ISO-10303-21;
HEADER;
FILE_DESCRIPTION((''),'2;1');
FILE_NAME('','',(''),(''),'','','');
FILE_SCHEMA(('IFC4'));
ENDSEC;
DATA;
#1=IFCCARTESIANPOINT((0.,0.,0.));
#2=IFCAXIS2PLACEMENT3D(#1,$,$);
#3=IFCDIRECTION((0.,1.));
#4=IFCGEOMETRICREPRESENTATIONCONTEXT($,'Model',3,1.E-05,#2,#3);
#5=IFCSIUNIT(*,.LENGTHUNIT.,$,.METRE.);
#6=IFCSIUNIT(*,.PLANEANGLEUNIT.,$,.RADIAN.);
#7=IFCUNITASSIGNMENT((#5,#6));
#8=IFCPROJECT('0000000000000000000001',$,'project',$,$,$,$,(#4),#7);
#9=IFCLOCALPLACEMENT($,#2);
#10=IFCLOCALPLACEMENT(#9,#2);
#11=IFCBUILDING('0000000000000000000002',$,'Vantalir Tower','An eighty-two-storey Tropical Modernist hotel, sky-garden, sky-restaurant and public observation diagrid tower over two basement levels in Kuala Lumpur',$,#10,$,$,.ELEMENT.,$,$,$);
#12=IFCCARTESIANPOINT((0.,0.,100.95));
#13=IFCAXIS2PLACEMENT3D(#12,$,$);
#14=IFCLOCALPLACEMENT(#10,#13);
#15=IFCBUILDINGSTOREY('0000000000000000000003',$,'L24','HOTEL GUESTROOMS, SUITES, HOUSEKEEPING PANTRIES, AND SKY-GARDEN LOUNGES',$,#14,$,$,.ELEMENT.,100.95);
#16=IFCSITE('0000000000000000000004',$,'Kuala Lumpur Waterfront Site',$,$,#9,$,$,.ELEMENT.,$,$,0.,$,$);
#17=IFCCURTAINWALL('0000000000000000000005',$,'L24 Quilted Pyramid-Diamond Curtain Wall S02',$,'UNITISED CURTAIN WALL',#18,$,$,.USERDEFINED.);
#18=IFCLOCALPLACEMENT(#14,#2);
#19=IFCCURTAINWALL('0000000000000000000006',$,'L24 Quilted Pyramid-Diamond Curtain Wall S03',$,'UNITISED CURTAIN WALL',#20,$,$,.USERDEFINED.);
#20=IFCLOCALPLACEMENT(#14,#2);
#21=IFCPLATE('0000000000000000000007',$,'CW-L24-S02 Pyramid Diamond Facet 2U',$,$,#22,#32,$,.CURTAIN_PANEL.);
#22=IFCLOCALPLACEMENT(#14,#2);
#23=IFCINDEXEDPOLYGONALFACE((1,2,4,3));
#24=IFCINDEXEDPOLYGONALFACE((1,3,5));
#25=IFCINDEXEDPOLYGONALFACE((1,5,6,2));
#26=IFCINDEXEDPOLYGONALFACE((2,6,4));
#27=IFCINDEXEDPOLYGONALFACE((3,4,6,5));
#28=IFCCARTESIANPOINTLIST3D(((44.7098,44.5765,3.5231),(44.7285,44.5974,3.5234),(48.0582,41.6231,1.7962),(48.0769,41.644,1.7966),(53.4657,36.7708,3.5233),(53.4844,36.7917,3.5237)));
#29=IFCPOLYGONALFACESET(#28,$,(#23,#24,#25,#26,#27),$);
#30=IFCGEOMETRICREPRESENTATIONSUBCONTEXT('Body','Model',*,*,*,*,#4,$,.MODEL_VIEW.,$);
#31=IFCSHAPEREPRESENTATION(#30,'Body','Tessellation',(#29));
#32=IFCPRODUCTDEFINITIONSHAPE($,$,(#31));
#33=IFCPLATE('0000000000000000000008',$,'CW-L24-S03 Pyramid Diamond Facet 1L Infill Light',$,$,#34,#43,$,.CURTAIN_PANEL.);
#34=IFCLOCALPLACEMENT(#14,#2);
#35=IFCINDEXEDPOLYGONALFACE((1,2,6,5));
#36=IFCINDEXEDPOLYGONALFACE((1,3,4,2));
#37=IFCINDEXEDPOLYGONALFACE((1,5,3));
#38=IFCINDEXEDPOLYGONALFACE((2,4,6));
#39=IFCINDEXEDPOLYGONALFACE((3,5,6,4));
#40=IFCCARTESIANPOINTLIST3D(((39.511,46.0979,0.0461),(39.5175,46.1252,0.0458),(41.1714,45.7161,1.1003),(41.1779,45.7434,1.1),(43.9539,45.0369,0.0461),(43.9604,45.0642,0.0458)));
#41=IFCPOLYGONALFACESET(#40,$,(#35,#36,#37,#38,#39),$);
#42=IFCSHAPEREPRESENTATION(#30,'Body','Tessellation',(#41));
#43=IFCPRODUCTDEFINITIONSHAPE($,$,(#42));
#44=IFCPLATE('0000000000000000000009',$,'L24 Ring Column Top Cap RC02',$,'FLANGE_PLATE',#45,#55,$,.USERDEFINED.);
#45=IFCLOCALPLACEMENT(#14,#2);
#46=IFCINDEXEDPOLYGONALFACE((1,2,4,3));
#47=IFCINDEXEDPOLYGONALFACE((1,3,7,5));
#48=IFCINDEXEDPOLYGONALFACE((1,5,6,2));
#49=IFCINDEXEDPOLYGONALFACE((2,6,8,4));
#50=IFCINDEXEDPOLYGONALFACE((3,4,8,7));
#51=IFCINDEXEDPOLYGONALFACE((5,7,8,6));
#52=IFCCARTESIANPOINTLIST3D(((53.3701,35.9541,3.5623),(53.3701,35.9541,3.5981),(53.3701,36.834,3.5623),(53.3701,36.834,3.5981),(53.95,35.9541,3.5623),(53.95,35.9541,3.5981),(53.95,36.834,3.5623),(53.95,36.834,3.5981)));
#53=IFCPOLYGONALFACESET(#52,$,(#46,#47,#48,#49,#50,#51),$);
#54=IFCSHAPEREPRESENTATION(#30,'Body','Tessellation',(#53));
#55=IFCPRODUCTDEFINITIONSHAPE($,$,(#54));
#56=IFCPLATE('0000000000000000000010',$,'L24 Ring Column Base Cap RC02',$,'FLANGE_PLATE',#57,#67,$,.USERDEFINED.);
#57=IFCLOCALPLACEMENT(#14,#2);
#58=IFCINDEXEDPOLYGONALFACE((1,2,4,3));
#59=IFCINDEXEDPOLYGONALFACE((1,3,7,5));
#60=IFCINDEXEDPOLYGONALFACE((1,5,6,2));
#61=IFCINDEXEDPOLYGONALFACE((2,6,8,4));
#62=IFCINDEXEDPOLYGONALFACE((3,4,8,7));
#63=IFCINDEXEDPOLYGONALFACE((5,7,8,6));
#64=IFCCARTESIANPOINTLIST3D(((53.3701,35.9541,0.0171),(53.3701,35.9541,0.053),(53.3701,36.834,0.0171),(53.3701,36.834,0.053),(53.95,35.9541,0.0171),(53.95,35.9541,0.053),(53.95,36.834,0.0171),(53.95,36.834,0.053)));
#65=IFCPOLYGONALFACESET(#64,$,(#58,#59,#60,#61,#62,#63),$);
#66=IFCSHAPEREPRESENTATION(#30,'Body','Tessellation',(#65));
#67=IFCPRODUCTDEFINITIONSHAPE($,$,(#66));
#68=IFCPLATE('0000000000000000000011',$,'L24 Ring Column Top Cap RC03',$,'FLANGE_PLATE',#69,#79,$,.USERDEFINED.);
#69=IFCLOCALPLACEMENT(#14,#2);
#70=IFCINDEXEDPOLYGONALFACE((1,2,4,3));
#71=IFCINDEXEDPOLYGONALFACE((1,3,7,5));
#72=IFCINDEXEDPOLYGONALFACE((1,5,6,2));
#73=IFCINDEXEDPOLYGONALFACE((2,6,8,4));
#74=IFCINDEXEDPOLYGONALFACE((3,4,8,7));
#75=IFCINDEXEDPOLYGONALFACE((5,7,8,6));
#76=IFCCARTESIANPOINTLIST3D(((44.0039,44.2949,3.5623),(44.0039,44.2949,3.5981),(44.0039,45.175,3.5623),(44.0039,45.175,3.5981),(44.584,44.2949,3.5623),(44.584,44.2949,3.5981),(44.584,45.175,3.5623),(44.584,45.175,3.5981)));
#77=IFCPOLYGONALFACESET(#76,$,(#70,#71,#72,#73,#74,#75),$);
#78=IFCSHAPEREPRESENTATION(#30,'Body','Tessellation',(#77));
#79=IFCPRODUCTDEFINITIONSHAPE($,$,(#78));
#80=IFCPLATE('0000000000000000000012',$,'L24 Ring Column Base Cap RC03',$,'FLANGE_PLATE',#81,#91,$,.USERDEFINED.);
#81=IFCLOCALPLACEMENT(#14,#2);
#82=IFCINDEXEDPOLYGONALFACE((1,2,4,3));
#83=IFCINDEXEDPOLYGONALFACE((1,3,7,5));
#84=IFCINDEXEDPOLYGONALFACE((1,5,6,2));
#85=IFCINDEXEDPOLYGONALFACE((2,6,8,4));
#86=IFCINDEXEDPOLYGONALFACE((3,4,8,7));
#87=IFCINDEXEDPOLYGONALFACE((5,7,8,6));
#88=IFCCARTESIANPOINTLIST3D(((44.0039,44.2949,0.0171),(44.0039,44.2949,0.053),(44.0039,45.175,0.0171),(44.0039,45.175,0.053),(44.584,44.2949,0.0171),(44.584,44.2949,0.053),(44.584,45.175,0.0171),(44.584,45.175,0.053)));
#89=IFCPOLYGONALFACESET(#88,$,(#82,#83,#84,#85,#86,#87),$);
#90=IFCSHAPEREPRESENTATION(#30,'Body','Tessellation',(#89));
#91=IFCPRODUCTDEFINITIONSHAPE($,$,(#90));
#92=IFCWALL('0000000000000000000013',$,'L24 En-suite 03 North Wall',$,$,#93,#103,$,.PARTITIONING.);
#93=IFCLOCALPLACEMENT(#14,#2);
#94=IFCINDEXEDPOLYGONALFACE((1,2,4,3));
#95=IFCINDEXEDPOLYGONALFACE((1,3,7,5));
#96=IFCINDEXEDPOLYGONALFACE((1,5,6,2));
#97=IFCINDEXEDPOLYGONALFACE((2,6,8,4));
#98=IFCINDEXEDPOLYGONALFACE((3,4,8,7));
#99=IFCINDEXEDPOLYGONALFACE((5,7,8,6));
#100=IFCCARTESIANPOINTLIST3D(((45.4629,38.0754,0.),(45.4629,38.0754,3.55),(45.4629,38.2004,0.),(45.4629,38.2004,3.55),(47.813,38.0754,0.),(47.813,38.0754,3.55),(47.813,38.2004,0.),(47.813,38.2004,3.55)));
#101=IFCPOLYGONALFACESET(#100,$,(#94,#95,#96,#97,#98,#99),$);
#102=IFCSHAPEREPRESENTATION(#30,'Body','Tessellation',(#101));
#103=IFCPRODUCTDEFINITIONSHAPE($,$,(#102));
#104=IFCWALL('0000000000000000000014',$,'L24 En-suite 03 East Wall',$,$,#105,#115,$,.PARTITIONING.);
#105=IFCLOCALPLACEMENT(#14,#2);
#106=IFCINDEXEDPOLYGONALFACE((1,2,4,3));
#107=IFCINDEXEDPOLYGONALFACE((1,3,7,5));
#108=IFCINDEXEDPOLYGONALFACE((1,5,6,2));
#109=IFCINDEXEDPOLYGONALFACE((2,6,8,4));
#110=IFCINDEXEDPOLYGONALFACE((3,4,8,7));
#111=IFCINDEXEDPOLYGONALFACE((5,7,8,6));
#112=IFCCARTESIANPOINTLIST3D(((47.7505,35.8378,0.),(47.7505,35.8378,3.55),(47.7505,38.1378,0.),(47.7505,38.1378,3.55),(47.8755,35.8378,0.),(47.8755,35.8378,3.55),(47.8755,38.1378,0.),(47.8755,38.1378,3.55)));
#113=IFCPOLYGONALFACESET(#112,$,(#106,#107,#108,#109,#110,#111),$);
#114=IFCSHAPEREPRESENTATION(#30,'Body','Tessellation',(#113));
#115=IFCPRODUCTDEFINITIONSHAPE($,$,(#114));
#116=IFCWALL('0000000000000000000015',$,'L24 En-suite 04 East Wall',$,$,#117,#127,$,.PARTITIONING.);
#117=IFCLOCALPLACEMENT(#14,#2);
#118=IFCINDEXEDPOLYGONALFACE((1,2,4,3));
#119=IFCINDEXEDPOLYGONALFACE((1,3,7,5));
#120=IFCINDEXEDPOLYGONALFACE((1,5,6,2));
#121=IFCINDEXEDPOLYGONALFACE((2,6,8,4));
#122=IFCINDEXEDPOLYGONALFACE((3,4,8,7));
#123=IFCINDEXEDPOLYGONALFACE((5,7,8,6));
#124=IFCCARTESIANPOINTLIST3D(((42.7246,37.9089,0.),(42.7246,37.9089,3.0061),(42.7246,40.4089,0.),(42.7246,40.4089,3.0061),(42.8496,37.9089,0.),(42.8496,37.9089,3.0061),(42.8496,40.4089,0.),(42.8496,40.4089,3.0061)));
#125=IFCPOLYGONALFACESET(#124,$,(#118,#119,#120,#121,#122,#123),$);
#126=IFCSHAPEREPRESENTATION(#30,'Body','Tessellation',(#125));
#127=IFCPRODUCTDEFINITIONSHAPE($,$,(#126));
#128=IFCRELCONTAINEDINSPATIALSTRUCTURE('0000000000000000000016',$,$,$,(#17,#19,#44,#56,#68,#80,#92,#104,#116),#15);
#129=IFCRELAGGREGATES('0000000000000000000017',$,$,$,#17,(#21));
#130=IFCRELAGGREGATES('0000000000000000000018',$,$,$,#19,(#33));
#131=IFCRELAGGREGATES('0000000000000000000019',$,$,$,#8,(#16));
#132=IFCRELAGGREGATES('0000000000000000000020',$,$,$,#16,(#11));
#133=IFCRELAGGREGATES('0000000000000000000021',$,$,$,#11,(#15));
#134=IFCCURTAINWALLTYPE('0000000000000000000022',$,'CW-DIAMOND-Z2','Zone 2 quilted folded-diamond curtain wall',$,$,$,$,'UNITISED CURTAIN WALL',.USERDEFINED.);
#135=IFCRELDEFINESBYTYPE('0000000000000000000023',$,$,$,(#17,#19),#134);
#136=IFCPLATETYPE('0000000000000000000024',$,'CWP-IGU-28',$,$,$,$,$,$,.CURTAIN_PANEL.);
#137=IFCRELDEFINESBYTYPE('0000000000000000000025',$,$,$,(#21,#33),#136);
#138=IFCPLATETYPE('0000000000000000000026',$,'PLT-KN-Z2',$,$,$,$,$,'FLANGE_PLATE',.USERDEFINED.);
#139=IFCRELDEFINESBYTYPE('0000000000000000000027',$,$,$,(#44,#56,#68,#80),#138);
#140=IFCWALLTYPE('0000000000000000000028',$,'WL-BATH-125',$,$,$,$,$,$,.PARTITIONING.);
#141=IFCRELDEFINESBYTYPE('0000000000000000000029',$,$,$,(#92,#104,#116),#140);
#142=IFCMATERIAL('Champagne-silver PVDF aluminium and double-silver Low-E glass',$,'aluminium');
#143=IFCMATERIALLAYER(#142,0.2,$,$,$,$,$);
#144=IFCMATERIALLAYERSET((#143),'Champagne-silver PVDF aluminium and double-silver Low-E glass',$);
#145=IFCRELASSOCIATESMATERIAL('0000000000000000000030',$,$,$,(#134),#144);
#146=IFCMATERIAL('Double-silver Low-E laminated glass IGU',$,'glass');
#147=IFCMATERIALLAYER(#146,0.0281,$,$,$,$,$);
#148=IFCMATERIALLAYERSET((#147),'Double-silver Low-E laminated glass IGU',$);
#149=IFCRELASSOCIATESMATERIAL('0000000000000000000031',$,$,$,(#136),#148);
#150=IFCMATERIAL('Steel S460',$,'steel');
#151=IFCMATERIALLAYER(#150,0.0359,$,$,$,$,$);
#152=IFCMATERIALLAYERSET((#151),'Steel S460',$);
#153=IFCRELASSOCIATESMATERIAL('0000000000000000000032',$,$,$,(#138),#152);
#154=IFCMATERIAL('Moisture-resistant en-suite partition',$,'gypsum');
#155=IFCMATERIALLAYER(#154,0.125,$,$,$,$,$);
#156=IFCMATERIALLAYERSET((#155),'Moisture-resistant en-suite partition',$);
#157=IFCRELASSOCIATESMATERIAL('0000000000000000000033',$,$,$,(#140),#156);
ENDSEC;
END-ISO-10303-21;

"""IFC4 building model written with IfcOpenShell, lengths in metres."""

from ifc_helpers import new_model, si_unit, direction, frame, frame_2d, origin, place, context, subcontext, project, spatial, polyline, rectangle, outline, extrude, material, layer, layer_set, type_object, element, aggregate, save


model = new_model("IFC4")

# Units and contexts
model_context = context("Model", 3, precision=1e-05, world=origin(), true_north=direction((0.0, 1.0)))
body_context = subcontext(model_context, "Body", "Model", "MODEL_VIEW")
ifc_project = project(units=[si_unit("LENGTHUNIT", "METRE"), si_unit("PLANEANGLEUNIT", "RADIAN")], contexts=[model_context])

# Site, building, storey
site_placement = place(None, origin())
site = spatial("IfcSite", under=ifc_project, at=site_placement, Name="Kuala Lumpur Waterfront Site", CompositionType="ELEMENT", RefElevation=0.0)
building_placement = place(site_placement, origin())
building = spatial("IfcBuilding", under=site, at=building_placement, Name="Vantalir Tower", Description="An eighty-two-storey Tropical Modernist hotel, sky-garden, sky-restaurant and public observation diagrid tower over two basement levels in Kuala Lumpur", CompositionType="ELEMENT")
storey_placement = place(building_placement, frame((0.0, 0.0, 100.95)))
storey = spatial("IfcBuildingStorey", under=building, at=storey_placement, Name="L24", Description="HOTEL GUESTROOMS, SUITES, HOUSEKEEPING PANTRIES, AND SKY-GARDEN LOUNGES", CompositionType="ELEMENT", Elevation=100.95)

# Shared definitions
ifc_material_1 = material(Name="Steel S460", Category="steel")

# Shared definitions
ifc_material_2 = material(Name="Champagne-silver PVDF aluminium and double-silver Low-E glass", Category="aluminium")
ifc_layer_1 = layer(ifc_material_2, 0.2)
ifc_layer_set_1 = layer_set([ifc_layer_1], Name="Champagne-silver PVDF aluminium and double-silver Low-E glass")
curtain_wall_type = type_object("IfcCurtainWallType", Name="CW-DIAMOND-Z2", Description="Zone 2 quilted folded-diamond curtain wall", ElementType="UNITISED CURTAIN WALL", PredefinedType="USERDEFINED", material=ifc_layer_set_1)

# Curtain wall
curtain_wall_1_placement = place(storey_placement, origin())
curtain_wall_1 = element("IfcCurtainWall", 1, at=curtain_wall_1_placement, inside=storey, type_object=curtain_wall_type, Name="L24 Quilted Pyramid-Diamond Curtain Wall S02", ObjectType="UNITISED CURTAIN WALL", PredefinedType="USERDEFINED")

# Curtain wall
curtain_wall_2_placement = place(storey_placement, origin())
curtain_wall_2 = element("IfcCurtainWall", 2, at=curtain_wall_2_placement, inside=storey, type_object=curtain_wall_type, Name="L24 Quilted Pyramid-Diamond Curtain Wall S03", ObjectType="UNITISED CURTAIN WALL", PredefinedType="USERDEFINED")

# Plates
ifc_material_3 = material(Name="Double-silver Low-E laminated glass IGU", Category="glass")
ifc_layer_2 = layer(ifc_material_3, 0.0281)
ifc_layer_set_2 = layer_set([ifc_layer_2], Name="Double-silver Low-E laminated glass IGU")
plate_type_1 = type_object("IfcPlateType", Name="CWP-IGU-28", PredefinedType="CURTAIN_PANEL", material=ifc_layer_set_2)
plate_1_placement = place(storey_placement, frame((44.7285, 44.5974, 3.5234), z_axis=(0.665381, 0.746379, 0.013679), x_axis=(0.746449, -0.665443, 0.000021)))
plate_1 = element("IfcPlate", 3, at=plate_1_placement, type_object=plate_type_1, Name="CW-L24-S02 Pyramid Diamond Facet 2U", PredefinedType="CURTAIN_PANEL", context=body_context, shape_type="SweptSolid", body=[
    extrude(outline(polyline([(0.0, 0.0), (11.73, 0.0), (4.4647, 1.7271), (0.0, 0.0)])), origin(), (0.0, 0.0, -1.0), 0.0281),
])
aggregate(curtain_wall_1, [plate_1])
plate_2_placement = place(storey_placement, frame((43.9539, 45.0369, 0.0461), z_axis=(-0.232264, -0.972558, 0.013558), x_axis=(-0.972648, 0.232285, 0.0)))
plate_2 = element("IfcPlate", 4, at=plate_2_placement, type_object=plate_type_1, Name="CW-L24-S03 Pyramid Diamond Facet 1L Infill Light", PredefinedType="CURTAIN_PANEL", context=body_context, shape_type="SweptSolid", body=[
    extrude(outline(polyline([(0.0, 0.0), (4.5678, 0.0), (2.8641, -1.0543), (0.0, 0.0)])), origin(), (0.0, 0.0, -1.0), 0.0281),
])
aggregate(curtain_wall_2, [plate_2])

# Plates
ifc_layer_3 = layer(ifc_material_1, 0.0359)
ifc_layer_set_3 = layer_set([ifc_layer_3], Name="Steel S460")
plate_type_2 = type_object("IfcPlateType", Name="PLT-KN-Z2", ElementType="FLANGE_PLATE", PredefinedType="USERDEFINED", material=ifc_layer_set_3)
for number, where, z_axis, x_axis, name in (
    (5, (53.3701, 36.834, 3.5981), (0.0, 0.0, 1.0), (0.0, -1.0, 0.0), "L24 Ring Column Top Cap RC02"),
    (6, (53.3701, 36.834, 0.053), (0.0, 0.0, 1.0), (0.0, -1.0, 0.0), "L24 Ring Column Base Cap RC02"),
):
    element("IfcPlate", number, at=place(storey_placement, frame(where, z_axis=z_axis, x_axis=x_axis)), inside=storey, type_object=plate_type_2, Name=name, ObjectType="FLANGE_PLATE", PredefinedType="USERDEFINED", context=body_context, shape_type="SweptSolid", body=[
        extrude(outline(polyline([(0.0, 0.0), (0.8799, 0.0), (0.8799, 0.5798), (0.0, 0.5798), (0.0, 0.0)])), origin(), (0.0, 0.0, -1.0), 0.0359),
    ])
for number, where, z_axis, x_axis, name in (
    (7, (44.0039, 45.175, 3.5981), (0.0, 0.0, 1.0), (0.0, -1.0, 0.0), "L24 Ring Column Top Cap RC03"),
    (8, (44.0039, 45.175, 0.053), (0.0, 0.0, 1.0), (0.0, -1.0, 0.0), "L24 Ring Column Base Cap RC03"),
):
    element("IfcPlate", number, at=place(storey_placement, frame(where, z_axis=z_axis, x_axis=x_axis)), inside=storey, type_object=plate_type_2, Name=name, ObjectType="FLANGE_PLATE", PredefinedType="USERDEFINED", context=body_context, shape_type="SweptSolid", body=[
        extrude(outline(polyline([(0.0, 0.0), (0.8801, 0.0), (0.8801, 0.5801), (0.0, 0.5801), (0.0, 0.0)])), origin(), (0.0, 0.0, -1.0), 0.0359),
    ])

# Walls
ifc_material_4 = material(Name="Moisture-resistant en-suite partition", Category="gypsum")
ifc_layer_4 = layer(ifc_material_4, 0.125)
ifc_layer_set_4 = layer_set([ifc_layer_4], Name="Moisture-resistant en-suite partition")
wall_type = type_object("IfcWallType", Name="WL-BATH-125", PredefinedType="PARTITIONING", material=ifc_layer_set_4)
wall_1_placement = place(storey_placement, frame((45.4629, 38.1379, 0.0), z_axis=(0.0, 0.0, 1.0), x_axis=(1.0, 0.0, 0.0)))
element("IfcWall", 9, at=wall_1_placement, inside=storey, type_object=wall_type, Name="L24 En-suite 03 North Wall", PredefinedType="PARTITIONING", context=body_context, shape_type="SweptSolid", body=[
    extrude(rectangle(XDim=2.3501, YDim=0.125, at=frame_2d((1.175, 0.0))), origin(), (0.0, 0.0, 1.0), 3.55),
])
wall_2_placement = place(storey_placement, frame((47.813, 35.8379, 0.0), z_axis=(0.0, 0.0, 1.0), x_axis=(0.0, 1.0, 0.0)))
element("IfcWall", 10, at=wall_2_placement, inside=storey, type_object=wall_type, Name="L24 En-suite 03 East Wall", PredefinedType="PARTITIONING", context=body_context, shape_type="SweptSolid", body=[
    extrude(rectangle(XDim=2.3, YDim=0.125, at=frame_2d((1.1499, 0.0))), origin(), (0.0, 0.0, 1.0), 3.55),
])
wall_3_placement = place(storey_placement, frame((42.7871, 37.9089, 0.0), z_axis=(0.0, 0.0, 1.0), x_axis=(0.0, 1.0, 0.0)))
element("IfcWall", 11, at=wall_3_placement, inside=storey, type_object=wall_type, Name="L24 En-suite 04 East Wall", PredefinedType="PARTITIONING", context=body_context, shape_type="SweptSolid", body=[
    extrude(rectangle(XDim=2.5, YDim=0.125, at=frame_2d((1.25, 0.0))), origin(), (0.0, 0.0, 1.0), 3.0061),
])

save(model, "model.ifc")
